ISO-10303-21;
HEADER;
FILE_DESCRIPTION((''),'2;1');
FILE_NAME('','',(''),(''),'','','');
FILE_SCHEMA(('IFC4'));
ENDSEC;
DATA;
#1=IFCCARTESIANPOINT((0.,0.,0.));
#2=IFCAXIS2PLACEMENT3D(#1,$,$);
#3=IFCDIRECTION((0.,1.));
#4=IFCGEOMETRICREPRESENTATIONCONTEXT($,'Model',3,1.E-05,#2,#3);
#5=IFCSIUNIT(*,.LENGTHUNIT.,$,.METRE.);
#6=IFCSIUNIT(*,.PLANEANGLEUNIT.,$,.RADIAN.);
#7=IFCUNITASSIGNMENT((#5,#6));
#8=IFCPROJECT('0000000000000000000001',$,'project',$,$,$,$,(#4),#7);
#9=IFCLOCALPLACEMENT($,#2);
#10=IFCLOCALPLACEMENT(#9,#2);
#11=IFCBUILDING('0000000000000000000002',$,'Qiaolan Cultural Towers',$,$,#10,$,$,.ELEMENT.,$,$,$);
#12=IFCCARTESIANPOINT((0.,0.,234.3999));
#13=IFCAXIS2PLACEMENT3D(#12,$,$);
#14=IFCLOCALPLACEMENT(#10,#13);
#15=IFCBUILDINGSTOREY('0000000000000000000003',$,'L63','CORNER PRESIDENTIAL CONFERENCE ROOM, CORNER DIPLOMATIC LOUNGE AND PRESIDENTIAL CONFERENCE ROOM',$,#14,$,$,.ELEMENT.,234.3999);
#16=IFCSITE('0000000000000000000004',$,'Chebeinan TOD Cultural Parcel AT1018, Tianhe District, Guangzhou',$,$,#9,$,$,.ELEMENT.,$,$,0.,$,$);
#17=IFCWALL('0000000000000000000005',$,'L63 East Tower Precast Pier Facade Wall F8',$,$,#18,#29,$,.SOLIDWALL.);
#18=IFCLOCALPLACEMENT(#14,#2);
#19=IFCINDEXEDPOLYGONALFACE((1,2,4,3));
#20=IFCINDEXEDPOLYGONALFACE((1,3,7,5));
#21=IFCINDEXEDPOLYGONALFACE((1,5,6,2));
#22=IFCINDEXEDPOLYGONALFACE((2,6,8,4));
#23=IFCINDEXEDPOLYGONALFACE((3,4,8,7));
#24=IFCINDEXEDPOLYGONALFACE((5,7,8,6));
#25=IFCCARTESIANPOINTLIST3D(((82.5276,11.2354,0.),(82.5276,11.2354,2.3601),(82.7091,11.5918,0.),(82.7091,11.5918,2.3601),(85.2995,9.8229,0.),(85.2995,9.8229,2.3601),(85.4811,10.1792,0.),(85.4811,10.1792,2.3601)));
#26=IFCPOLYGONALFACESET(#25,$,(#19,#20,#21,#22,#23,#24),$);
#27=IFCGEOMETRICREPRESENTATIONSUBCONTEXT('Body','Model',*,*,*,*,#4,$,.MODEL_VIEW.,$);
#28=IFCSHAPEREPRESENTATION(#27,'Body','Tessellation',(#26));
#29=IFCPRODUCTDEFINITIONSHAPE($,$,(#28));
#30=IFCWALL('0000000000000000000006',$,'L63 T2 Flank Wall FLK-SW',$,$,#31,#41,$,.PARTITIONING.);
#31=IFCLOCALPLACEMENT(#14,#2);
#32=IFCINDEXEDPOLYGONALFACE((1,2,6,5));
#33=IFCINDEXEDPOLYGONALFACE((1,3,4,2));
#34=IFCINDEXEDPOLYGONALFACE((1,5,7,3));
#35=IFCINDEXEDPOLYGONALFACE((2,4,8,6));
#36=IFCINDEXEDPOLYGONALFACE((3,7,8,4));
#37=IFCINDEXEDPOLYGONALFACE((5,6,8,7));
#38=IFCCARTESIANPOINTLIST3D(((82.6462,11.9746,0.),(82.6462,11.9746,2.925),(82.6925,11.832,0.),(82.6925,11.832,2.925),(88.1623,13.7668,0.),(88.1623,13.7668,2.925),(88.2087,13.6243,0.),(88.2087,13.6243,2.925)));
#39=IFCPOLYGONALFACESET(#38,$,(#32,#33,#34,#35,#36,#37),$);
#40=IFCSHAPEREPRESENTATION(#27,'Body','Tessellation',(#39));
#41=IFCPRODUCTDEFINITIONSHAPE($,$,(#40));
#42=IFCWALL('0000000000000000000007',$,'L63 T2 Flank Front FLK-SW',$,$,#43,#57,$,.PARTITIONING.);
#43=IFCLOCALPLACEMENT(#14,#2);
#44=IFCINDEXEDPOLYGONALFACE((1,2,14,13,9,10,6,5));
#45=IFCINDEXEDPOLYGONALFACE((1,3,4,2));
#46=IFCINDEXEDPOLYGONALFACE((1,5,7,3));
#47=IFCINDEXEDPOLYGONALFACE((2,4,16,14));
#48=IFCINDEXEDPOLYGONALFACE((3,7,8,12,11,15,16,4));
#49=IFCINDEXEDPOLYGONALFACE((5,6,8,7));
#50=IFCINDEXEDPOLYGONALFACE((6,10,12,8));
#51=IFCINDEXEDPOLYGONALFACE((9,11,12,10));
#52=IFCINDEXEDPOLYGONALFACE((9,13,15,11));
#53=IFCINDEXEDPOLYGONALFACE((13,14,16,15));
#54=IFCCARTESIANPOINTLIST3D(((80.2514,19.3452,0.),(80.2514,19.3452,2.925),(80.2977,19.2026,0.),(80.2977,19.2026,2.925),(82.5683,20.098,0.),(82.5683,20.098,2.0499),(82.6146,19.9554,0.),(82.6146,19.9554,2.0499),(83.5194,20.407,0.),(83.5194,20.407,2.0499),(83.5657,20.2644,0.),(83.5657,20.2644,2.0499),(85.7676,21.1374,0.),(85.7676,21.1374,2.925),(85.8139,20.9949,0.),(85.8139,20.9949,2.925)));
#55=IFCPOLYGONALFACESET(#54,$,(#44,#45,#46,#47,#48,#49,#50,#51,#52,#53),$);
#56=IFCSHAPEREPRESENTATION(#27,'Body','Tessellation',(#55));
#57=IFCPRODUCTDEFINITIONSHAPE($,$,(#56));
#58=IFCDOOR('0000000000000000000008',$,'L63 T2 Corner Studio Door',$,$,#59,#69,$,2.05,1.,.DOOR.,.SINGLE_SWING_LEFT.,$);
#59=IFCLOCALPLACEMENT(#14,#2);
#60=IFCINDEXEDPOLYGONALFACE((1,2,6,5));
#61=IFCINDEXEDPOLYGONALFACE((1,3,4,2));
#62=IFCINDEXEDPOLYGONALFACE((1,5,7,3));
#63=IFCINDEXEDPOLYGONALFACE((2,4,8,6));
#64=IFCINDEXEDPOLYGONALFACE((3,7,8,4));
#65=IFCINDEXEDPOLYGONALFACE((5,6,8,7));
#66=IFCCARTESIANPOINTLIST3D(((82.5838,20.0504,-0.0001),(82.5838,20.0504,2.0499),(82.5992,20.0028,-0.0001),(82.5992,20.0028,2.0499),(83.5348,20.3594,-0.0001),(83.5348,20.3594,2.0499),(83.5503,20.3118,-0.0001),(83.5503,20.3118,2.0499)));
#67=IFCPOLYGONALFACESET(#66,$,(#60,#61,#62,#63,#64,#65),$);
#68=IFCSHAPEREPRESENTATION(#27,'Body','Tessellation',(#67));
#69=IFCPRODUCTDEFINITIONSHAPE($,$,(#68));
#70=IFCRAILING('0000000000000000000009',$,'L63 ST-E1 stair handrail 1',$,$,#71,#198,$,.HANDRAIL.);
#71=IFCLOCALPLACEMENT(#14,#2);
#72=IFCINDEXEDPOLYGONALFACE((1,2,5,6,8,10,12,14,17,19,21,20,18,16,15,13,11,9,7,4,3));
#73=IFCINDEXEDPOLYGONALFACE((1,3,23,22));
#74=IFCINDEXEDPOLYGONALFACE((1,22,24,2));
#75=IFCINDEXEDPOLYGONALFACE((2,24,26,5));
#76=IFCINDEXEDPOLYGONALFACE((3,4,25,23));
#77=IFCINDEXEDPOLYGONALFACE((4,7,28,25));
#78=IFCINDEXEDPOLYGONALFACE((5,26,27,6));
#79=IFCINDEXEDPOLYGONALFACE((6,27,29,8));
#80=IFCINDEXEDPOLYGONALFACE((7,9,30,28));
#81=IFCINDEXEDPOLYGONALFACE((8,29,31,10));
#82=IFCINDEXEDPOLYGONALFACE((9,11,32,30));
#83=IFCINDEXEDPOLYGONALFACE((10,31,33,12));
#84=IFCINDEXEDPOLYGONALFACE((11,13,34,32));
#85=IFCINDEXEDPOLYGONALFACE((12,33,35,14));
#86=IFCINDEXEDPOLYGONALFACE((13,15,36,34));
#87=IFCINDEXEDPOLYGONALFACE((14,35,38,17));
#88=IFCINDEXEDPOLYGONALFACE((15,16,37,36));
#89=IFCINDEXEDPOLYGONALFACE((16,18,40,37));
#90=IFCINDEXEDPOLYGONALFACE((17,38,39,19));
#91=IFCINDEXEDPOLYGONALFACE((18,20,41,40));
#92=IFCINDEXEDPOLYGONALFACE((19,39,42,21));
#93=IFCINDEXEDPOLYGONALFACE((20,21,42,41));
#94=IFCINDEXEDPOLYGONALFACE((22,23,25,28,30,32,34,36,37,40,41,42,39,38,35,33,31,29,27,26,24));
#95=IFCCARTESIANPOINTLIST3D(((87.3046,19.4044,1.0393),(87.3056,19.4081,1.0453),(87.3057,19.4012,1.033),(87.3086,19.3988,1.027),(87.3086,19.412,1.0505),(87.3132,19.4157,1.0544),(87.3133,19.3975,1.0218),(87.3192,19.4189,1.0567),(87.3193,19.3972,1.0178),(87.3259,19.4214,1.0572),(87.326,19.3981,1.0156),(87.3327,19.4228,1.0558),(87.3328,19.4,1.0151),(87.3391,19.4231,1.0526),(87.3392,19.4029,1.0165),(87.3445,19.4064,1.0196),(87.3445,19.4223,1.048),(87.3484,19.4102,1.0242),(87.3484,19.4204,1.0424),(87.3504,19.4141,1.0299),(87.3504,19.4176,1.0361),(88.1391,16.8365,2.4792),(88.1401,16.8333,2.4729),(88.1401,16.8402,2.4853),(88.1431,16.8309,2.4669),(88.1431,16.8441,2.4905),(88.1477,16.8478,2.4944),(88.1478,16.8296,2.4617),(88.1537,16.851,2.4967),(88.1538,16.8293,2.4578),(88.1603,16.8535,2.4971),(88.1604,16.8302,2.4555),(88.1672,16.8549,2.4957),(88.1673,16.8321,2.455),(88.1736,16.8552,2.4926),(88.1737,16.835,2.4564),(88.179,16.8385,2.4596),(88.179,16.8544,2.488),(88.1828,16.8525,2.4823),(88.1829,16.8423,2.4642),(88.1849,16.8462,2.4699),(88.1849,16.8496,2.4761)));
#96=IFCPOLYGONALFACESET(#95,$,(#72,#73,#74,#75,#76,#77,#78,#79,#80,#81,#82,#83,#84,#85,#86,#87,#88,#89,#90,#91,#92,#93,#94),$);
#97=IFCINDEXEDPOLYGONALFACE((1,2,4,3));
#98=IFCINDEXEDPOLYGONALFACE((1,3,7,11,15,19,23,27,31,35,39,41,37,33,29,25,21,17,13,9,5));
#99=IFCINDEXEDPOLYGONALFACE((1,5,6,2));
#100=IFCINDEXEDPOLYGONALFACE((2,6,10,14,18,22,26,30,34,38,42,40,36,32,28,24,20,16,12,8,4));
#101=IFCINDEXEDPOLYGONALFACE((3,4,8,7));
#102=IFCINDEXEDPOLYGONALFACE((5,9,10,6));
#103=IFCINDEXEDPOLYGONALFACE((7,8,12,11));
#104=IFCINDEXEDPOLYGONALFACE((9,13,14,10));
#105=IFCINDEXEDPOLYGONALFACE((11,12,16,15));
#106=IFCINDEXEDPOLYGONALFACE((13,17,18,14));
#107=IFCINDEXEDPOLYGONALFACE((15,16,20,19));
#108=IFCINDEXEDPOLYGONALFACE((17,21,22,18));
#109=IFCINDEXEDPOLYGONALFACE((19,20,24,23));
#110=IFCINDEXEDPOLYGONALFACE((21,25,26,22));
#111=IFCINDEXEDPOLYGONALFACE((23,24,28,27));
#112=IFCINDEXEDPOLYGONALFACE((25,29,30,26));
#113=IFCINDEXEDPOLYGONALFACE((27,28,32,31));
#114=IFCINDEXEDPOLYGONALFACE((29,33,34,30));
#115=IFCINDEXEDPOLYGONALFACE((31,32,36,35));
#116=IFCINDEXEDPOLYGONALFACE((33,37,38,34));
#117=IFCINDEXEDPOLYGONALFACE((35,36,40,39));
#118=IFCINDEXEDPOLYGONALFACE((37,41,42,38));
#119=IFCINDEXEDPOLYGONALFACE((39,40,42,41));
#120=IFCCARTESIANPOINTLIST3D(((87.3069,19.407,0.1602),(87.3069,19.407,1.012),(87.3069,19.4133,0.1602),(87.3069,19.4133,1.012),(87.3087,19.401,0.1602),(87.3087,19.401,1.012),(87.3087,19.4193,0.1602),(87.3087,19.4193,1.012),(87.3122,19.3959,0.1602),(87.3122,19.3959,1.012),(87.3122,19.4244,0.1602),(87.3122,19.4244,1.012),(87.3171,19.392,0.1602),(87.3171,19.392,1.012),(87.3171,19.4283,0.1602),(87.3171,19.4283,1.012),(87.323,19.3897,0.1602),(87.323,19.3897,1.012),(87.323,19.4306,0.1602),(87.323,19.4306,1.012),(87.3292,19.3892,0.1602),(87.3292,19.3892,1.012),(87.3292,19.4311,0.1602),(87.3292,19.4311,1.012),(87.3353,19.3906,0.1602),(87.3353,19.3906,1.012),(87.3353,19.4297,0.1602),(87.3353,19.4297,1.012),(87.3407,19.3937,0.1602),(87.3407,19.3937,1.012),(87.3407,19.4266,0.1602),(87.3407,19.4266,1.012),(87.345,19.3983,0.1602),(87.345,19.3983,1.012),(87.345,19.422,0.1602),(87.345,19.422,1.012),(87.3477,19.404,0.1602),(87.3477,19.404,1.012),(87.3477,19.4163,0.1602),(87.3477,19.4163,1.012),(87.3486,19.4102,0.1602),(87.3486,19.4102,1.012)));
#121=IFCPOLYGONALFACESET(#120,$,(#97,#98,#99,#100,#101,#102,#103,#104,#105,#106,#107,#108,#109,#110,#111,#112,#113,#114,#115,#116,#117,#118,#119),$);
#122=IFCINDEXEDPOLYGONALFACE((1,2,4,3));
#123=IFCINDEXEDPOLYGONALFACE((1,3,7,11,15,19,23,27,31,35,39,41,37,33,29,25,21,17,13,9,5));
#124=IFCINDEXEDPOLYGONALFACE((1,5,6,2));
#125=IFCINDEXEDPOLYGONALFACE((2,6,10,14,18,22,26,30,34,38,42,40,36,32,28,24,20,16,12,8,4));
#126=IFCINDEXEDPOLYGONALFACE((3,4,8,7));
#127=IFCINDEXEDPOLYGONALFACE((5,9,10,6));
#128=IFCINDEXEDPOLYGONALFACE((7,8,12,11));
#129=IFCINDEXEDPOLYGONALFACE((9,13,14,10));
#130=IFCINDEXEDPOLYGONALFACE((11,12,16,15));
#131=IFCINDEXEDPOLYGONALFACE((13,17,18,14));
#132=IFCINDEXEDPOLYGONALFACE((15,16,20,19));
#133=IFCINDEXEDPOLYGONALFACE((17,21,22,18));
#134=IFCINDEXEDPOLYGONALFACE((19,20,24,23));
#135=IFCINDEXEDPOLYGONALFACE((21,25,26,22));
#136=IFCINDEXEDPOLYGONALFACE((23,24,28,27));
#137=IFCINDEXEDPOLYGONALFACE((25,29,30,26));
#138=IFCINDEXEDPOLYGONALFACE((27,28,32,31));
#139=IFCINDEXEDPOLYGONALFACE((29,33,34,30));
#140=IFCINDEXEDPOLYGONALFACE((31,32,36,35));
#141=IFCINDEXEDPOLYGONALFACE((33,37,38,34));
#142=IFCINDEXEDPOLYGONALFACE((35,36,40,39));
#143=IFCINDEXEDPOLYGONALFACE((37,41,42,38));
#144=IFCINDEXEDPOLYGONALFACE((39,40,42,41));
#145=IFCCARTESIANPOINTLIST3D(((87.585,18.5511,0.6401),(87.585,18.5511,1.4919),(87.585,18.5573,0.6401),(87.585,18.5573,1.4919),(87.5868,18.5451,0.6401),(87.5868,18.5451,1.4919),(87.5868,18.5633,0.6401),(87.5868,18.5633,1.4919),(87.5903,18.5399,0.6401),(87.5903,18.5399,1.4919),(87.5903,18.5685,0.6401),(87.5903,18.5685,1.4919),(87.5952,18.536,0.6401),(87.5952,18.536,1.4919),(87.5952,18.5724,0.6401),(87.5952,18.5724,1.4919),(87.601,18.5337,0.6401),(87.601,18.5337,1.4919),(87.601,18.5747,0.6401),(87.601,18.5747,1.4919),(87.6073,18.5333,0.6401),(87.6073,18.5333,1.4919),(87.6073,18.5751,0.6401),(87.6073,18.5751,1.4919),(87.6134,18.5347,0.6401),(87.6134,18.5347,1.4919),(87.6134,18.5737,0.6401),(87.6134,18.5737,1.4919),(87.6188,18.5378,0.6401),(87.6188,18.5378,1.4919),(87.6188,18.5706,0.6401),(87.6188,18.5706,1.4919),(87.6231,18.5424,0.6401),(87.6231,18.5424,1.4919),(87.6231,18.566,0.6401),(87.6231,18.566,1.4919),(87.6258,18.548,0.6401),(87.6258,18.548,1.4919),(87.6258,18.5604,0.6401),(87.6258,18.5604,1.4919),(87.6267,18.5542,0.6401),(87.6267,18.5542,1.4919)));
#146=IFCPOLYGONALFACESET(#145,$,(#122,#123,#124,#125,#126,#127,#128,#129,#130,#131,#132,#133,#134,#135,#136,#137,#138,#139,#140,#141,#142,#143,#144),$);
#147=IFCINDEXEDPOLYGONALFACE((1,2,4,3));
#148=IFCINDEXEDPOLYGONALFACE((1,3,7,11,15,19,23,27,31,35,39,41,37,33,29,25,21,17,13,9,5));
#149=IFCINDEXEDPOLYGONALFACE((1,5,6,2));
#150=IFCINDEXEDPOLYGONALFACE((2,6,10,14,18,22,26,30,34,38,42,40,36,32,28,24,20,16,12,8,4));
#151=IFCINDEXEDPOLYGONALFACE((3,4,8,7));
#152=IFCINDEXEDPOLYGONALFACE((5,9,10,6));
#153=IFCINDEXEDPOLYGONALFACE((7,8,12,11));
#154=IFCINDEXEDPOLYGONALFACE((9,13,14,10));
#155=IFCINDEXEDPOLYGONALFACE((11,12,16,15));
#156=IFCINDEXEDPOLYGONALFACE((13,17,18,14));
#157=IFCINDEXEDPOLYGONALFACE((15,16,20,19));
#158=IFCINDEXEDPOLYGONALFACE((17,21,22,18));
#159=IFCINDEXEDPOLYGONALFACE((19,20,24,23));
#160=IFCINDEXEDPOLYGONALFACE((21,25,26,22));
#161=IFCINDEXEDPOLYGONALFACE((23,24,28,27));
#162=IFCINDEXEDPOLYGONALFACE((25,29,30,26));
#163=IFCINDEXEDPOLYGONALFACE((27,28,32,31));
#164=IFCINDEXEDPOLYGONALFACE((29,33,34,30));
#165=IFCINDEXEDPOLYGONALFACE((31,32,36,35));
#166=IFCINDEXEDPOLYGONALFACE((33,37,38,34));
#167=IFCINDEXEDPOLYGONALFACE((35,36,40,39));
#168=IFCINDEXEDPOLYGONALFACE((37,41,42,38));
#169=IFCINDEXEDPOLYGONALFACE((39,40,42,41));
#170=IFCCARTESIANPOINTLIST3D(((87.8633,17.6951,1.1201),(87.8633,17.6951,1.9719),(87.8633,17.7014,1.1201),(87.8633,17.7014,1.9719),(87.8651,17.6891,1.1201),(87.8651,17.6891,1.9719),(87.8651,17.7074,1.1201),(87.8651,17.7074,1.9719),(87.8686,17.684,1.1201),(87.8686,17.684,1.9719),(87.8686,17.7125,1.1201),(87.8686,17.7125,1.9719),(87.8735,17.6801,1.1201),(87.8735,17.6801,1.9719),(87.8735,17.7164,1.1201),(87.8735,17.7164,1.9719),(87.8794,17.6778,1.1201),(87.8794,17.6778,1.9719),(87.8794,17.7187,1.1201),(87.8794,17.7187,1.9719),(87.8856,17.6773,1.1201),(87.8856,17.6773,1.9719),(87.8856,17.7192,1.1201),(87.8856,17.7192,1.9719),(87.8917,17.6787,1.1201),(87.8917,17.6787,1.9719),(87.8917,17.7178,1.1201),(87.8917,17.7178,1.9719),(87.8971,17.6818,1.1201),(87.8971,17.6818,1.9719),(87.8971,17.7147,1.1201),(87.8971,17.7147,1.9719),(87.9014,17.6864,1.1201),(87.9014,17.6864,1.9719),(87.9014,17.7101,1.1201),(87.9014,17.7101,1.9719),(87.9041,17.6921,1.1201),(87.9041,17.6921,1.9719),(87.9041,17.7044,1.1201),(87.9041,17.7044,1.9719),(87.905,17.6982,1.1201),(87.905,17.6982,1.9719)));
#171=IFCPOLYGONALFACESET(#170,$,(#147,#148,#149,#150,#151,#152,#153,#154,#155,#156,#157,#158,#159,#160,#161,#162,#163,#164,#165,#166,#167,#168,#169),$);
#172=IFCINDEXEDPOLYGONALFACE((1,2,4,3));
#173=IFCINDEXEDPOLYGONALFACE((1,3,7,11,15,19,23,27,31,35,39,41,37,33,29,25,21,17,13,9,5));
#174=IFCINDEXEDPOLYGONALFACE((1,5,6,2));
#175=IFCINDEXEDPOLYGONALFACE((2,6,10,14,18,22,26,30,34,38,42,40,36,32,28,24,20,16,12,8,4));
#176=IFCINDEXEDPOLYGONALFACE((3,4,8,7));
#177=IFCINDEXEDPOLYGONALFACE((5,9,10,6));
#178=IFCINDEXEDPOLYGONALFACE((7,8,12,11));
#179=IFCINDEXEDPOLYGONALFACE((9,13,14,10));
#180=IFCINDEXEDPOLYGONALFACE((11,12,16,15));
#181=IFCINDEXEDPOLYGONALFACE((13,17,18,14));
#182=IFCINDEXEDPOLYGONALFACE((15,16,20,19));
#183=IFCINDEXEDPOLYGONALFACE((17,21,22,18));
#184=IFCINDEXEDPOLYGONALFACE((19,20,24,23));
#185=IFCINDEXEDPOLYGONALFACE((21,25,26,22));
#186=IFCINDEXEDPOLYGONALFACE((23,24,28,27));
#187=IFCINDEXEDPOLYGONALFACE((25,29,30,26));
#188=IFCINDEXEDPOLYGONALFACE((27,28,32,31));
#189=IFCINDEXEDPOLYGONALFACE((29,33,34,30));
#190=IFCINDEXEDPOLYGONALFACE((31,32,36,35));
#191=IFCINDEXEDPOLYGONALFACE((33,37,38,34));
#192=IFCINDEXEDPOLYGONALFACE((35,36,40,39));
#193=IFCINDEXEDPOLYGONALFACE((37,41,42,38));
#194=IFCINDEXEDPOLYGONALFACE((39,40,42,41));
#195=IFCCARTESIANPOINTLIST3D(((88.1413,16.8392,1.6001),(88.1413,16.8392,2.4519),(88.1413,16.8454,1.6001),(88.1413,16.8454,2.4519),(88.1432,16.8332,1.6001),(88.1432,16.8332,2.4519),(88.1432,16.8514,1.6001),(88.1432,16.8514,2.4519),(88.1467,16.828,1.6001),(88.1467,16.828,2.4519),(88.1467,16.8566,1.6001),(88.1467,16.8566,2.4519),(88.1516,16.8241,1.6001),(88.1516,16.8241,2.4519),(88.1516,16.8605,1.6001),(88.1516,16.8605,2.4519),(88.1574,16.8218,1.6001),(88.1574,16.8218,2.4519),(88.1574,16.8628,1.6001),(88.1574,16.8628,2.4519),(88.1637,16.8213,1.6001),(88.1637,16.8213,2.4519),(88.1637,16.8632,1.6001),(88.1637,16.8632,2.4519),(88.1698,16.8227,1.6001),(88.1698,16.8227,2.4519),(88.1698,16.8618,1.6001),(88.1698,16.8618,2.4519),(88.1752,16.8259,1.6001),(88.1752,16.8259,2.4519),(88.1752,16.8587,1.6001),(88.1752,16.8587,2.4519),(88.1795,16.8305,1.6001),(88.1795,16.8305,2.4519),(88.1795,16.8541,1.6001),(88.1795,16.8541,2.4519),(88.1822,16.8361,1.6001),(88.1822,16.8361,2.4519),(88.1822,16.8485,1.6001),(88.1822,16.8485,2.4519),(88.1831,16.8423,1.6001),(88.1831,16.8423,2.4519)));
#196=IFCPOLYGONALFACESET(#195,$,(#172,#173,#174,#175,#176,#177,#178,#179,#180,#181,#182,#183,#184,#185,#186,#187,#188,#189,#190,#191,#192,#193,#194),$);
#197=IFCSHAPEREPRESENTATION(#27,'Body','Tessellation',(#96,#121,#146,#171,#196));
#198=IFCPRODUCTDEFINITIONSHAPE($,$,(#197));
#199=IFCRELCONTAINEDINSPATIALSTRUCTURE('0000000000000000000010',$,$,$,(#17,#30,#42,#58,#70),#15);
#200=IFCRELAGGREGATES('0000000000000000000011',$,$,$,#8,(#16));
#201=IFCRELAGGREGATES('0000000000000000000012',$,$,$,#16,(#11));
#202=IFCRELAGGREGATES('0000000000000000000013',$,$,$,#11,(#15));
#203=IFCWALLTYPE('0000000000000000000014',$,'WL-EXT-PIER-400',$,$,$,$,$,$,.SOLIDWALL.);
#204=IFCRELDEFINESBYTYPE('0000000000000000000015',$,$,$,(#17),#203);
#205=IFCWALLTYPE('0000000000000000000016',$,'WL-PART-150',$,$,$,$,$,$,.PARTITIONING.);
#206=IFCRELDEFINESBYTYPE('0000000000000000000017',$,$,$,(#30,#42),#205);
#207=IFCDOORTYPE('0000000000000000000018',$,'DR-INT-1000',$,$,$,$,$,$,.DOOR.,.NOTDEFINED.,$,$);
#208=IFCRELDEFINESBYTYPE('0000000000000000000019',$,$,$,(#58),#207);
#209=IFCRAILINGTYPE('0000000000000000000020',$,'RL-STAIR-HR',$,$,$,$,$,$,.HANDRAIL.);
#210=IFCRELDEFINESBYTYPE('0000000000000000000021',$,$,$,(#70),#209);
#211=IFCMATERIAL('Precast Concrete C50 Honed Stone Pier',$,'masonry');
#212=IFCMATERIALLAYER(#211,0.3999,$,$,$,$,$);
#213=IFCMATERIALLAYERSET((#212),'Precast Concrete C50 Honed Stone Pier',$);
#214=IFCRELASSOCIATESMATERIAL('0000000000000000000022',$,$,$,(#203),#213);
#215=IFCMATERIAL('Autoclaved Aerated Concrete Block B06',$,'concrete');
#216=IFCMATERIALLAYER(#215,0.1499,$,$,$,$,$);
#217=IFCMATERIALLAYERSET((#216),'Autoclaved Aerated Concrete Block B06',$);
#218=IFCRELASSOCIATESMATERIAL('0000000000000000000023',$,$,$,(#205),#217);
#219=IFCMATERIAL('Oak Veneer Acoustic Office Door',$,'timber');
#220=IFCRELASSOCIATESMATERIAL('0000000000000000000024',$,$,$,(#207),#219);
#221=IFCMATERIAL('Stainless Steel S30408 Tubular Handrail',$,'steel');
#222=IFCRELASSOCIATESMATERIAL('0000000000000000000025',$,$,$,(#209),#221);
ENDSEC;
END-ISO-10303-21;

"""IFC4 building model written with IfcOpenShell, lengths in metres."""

from ifc_helpers import new_model, si_unit, direction, frame, frame_2d, origin, origin_2d, place, context, subcontext, project, spatial, rectangle, circle, extrude, material, layer, layer_set, type_object, element, fill, save


model = new_model("IFC4")

# Units and contexts
model_context = context("Model", 3, precision=1e-05, world=origin(), true_north=direction((0.0, 1.0)))
body_context = subcontext(model_context, "Body", "Model", "MODEL_VIEW")
ifc_project = project(units=[si_unit("LENGTHUNIT", "METRE"), si_unit("PLANEANGLEUNIT", "RADIAN")], contexts=[model_context])

# Site, building, storey
site_placement = place(None, origin())
site = spatial("IfcSite", under=ifc_project, at=site_placement, Name="Chebeinan TOD Cultural Parcel AT1018, Tianhe District, Guangzhou", CompositionType="ELEMENT", RefElevation=0.0)
building_placement = place(site_placement, origin())
building = spatial("IfcBuilding", under=site, at=building_placement, Name="Qiaolan Cultural Towers", CompositionType="ELEMENT")
storey_placement = place(building_placement, frame((0.0, 0.0, 234.3999)))
storey = spatial("IfcBuildingStorey", under=building, at=storey_placement, Name="L63", Description="CORNER PRESIDENTIAL CONFERENCE ROOM, CORNER DIPLOMATIC LOUNGE AND PRESIDENTIAL CONFERENCE ROOM", CompositionType="ELEMENT", Elevation=234.3999)

# Shared definitions
ifc_material_1 = material(Name="Precast Concrete C50 Honed Stone Pier", Category="masonry")
ifc_layer_1 = layer(ifc_material_1, 0.3999)
ifc_layer_set_1 = layer_set([ifc_layer_1], Name="Precast Concrete C50 Honed Stone Pier")
wall_type_1 = type_object("IfcWallType", Name="WL-EXT-PIER-400", PredefinedType="SOLIDWALL", material=ifc_layer_set_1)

# Walls
wall_1_placement = place(storey_placement, frame((85.3904, 10.001, 0.0), z_axis=(0.0, 0.0, 1.0), x_axis=(-0.89098, 0.454043, 0.0)))
element("IfcWall", 1, at=wall_1_placement, inside=storey, type_object=wall_type_1, Name="L63 East Tower Precast Pier Facade Wall F8", PredefinedType="SOLIDWALL", context=body_context, shape_type="SweptSolid", body=[
    extrude(rectangle(XDim=3.1111, YDim=0.3999, at=frame_2d((1.5557, 0.0))), origin(), (0.0, 0.0, 1.0), 2.3601),
])
ifc_material_2 = material(Name="Autoclaved Aerated Concrete Block B06", Category="concrete")
ifc_layer_2 = layer(ifc_material_2, 0.1499)
ifc_layer_set_2 = layer_set([ifc_layer_2], Name="Autoclaved Aerated Concrete Block B06")
wall_type_2 = type_object("IfcWallType", Name="WL-PART-150", PredefinedType="PARTITIONING", material=ifc_layer_set_2)
wall_2_placement = place(storey_placement, frame((82.6694, 11.9033, 0.0), z_axis=(0.0, 0.0, 1.0), x_axis=(0.951059, 0.309008, 0.0)))
element("IfcWall", 2, at=wall_2_placement, inside=storey, type_object=wall_type_2, Name="L63 T2 Flank Wall FLK-SW", PredefinedType="PARTITIONING", context=body_context, shape_type="SweptSolid", body=[
    extrude(rectangle(XDim=5.8, YDim=0.1499, at=frame_2d((2.8999, 0.0))), origin(), (0.0, 0.0, 1.0), 2.925),
])

# Wall, opening, door
wall_3_placement = place(storey_placement, frame((80.2747, 19.2739, 0.0), z_axis=(0.0, 0.0, 1.0), x_axis=(0.951059, 0.309008, 0.0)))
wall_3 = element("IfcWall", 3, at=wall_3_placement, inside=storey, type_object=wall_type_2, Name="L63 T2 Flank Front FLK-SW", PredefinedType="PARTITIONING", context=body_context, shape_type="SweptSolid", body=[
    extrude(rectangle(XDim=5.8, YDim=0.1499, at=frame_2d((2.8999, 0.0))), origin(), (0.0, 0.0, 1.0), 2.925),
])
opening_1_placement = place(wall_3_placement, frame((2.436, 0.0, 0.0)))
opening_1 = element("IfcOpeningElement", 4, at=opening_1_placement, cuts=wall_3, PredefinedType="OPENING", context=body_context, shape_type="SweptSolid", body=[
    extrude(rectangle(XDim=1.0, YDim=2.05, at=frame_2d((0.5, 1.0249))), frame((0.0, 0.085, 0.0), z_axis=(0.0, -1.0, 0.0), x_axis=(1.0, 0.0, 0.0)), (0.0, 0.0, 1.0), 0.1699),
])
ifc_material_3 = material(Name="Oak Veneer Acoustic Office Door", Category="timber")
door_type = type_object("IfcDoorType", Name="DR-INT-1000", OperationType="NOTDEFINED", PredefinedType="DOOR", material=ifc_material_3)
door_placement = place(opening_1_placement, origin())
door = element("IfcDoor", 5, at=door_placement, inside=storey, type_object=door_type, Name="L63 T2 Corner Studio Door", OperationType="SINGLE_SWING_LEFT", OverallHeight=2.05, OverallWidth=1.0, PredefinedType="DOOR", context=body_context, shape_type="SweptSolid", body=[
    extrude(rectangle(XDim=1.0, YDim=2.05, at=frame_2d((0.5, 1.0249))), frame((0.0, 0.0249, 0.0), z_axis=(0.0, -1.0, 0.0), x_axis=(1.0, 0.0, 0.0)), (0.0, 0.0, 1.0), 0.05),
])
fill(opening_1, door)

# Railing
ifc_material_4 = material(Name="Stainless Steel S30408 Tubular Handrail", Category="steel")
railing_type = type_object("IfcRailingType", Name="RL-STAIR-HR", PredefinedType="HANDRAIL", material=ifc_material_4)
railing_placement = place(storey_placement, frame((87.3276, 19.4102, 0.1602)))
element("IfcRailing", 6, at=railing_placement, inside=storey, type_object=railing_type, Name="L63 ST-E1 stair handrail 1", PredefinedType="HANDRAIL", context=body_context, shape_type="SweptSolid", body=[
    extrude(circle(Radius=0.0239, at=origin_2d()), frame((0.0, 0.0, 0.876), z_axis=(0.272701, -0.839167, 0.470566), x_axis=(0.951043, 0.309057, 0.0)), (0.0, 0.0, 1.0), 3.0601),
    extrude(circle(Radius=0.021, at=origin_2d()), origin(), (0.0, 0.0, 1.0), 0.8518),
    extrude(circle(Radius=0.021, at=origin_2d()), frame((0.2781, -0.856, 0.48)), (0.0, 0.0, 1.0), 0.8518),
    extrude(circle(Radius=0.021, at=origin_2d()), frame((0.5564, -1.7119, 0.96)), (0.0, 0.0, 1.0), 0.8518),
    extrude(circle(Radius=0.021, at=origin_2d()), frame((0.8345, -2.5679, 1.4399)), (0.0, 0.0, 1.0), 0.8518),
])

save(model, "model.ifc")
